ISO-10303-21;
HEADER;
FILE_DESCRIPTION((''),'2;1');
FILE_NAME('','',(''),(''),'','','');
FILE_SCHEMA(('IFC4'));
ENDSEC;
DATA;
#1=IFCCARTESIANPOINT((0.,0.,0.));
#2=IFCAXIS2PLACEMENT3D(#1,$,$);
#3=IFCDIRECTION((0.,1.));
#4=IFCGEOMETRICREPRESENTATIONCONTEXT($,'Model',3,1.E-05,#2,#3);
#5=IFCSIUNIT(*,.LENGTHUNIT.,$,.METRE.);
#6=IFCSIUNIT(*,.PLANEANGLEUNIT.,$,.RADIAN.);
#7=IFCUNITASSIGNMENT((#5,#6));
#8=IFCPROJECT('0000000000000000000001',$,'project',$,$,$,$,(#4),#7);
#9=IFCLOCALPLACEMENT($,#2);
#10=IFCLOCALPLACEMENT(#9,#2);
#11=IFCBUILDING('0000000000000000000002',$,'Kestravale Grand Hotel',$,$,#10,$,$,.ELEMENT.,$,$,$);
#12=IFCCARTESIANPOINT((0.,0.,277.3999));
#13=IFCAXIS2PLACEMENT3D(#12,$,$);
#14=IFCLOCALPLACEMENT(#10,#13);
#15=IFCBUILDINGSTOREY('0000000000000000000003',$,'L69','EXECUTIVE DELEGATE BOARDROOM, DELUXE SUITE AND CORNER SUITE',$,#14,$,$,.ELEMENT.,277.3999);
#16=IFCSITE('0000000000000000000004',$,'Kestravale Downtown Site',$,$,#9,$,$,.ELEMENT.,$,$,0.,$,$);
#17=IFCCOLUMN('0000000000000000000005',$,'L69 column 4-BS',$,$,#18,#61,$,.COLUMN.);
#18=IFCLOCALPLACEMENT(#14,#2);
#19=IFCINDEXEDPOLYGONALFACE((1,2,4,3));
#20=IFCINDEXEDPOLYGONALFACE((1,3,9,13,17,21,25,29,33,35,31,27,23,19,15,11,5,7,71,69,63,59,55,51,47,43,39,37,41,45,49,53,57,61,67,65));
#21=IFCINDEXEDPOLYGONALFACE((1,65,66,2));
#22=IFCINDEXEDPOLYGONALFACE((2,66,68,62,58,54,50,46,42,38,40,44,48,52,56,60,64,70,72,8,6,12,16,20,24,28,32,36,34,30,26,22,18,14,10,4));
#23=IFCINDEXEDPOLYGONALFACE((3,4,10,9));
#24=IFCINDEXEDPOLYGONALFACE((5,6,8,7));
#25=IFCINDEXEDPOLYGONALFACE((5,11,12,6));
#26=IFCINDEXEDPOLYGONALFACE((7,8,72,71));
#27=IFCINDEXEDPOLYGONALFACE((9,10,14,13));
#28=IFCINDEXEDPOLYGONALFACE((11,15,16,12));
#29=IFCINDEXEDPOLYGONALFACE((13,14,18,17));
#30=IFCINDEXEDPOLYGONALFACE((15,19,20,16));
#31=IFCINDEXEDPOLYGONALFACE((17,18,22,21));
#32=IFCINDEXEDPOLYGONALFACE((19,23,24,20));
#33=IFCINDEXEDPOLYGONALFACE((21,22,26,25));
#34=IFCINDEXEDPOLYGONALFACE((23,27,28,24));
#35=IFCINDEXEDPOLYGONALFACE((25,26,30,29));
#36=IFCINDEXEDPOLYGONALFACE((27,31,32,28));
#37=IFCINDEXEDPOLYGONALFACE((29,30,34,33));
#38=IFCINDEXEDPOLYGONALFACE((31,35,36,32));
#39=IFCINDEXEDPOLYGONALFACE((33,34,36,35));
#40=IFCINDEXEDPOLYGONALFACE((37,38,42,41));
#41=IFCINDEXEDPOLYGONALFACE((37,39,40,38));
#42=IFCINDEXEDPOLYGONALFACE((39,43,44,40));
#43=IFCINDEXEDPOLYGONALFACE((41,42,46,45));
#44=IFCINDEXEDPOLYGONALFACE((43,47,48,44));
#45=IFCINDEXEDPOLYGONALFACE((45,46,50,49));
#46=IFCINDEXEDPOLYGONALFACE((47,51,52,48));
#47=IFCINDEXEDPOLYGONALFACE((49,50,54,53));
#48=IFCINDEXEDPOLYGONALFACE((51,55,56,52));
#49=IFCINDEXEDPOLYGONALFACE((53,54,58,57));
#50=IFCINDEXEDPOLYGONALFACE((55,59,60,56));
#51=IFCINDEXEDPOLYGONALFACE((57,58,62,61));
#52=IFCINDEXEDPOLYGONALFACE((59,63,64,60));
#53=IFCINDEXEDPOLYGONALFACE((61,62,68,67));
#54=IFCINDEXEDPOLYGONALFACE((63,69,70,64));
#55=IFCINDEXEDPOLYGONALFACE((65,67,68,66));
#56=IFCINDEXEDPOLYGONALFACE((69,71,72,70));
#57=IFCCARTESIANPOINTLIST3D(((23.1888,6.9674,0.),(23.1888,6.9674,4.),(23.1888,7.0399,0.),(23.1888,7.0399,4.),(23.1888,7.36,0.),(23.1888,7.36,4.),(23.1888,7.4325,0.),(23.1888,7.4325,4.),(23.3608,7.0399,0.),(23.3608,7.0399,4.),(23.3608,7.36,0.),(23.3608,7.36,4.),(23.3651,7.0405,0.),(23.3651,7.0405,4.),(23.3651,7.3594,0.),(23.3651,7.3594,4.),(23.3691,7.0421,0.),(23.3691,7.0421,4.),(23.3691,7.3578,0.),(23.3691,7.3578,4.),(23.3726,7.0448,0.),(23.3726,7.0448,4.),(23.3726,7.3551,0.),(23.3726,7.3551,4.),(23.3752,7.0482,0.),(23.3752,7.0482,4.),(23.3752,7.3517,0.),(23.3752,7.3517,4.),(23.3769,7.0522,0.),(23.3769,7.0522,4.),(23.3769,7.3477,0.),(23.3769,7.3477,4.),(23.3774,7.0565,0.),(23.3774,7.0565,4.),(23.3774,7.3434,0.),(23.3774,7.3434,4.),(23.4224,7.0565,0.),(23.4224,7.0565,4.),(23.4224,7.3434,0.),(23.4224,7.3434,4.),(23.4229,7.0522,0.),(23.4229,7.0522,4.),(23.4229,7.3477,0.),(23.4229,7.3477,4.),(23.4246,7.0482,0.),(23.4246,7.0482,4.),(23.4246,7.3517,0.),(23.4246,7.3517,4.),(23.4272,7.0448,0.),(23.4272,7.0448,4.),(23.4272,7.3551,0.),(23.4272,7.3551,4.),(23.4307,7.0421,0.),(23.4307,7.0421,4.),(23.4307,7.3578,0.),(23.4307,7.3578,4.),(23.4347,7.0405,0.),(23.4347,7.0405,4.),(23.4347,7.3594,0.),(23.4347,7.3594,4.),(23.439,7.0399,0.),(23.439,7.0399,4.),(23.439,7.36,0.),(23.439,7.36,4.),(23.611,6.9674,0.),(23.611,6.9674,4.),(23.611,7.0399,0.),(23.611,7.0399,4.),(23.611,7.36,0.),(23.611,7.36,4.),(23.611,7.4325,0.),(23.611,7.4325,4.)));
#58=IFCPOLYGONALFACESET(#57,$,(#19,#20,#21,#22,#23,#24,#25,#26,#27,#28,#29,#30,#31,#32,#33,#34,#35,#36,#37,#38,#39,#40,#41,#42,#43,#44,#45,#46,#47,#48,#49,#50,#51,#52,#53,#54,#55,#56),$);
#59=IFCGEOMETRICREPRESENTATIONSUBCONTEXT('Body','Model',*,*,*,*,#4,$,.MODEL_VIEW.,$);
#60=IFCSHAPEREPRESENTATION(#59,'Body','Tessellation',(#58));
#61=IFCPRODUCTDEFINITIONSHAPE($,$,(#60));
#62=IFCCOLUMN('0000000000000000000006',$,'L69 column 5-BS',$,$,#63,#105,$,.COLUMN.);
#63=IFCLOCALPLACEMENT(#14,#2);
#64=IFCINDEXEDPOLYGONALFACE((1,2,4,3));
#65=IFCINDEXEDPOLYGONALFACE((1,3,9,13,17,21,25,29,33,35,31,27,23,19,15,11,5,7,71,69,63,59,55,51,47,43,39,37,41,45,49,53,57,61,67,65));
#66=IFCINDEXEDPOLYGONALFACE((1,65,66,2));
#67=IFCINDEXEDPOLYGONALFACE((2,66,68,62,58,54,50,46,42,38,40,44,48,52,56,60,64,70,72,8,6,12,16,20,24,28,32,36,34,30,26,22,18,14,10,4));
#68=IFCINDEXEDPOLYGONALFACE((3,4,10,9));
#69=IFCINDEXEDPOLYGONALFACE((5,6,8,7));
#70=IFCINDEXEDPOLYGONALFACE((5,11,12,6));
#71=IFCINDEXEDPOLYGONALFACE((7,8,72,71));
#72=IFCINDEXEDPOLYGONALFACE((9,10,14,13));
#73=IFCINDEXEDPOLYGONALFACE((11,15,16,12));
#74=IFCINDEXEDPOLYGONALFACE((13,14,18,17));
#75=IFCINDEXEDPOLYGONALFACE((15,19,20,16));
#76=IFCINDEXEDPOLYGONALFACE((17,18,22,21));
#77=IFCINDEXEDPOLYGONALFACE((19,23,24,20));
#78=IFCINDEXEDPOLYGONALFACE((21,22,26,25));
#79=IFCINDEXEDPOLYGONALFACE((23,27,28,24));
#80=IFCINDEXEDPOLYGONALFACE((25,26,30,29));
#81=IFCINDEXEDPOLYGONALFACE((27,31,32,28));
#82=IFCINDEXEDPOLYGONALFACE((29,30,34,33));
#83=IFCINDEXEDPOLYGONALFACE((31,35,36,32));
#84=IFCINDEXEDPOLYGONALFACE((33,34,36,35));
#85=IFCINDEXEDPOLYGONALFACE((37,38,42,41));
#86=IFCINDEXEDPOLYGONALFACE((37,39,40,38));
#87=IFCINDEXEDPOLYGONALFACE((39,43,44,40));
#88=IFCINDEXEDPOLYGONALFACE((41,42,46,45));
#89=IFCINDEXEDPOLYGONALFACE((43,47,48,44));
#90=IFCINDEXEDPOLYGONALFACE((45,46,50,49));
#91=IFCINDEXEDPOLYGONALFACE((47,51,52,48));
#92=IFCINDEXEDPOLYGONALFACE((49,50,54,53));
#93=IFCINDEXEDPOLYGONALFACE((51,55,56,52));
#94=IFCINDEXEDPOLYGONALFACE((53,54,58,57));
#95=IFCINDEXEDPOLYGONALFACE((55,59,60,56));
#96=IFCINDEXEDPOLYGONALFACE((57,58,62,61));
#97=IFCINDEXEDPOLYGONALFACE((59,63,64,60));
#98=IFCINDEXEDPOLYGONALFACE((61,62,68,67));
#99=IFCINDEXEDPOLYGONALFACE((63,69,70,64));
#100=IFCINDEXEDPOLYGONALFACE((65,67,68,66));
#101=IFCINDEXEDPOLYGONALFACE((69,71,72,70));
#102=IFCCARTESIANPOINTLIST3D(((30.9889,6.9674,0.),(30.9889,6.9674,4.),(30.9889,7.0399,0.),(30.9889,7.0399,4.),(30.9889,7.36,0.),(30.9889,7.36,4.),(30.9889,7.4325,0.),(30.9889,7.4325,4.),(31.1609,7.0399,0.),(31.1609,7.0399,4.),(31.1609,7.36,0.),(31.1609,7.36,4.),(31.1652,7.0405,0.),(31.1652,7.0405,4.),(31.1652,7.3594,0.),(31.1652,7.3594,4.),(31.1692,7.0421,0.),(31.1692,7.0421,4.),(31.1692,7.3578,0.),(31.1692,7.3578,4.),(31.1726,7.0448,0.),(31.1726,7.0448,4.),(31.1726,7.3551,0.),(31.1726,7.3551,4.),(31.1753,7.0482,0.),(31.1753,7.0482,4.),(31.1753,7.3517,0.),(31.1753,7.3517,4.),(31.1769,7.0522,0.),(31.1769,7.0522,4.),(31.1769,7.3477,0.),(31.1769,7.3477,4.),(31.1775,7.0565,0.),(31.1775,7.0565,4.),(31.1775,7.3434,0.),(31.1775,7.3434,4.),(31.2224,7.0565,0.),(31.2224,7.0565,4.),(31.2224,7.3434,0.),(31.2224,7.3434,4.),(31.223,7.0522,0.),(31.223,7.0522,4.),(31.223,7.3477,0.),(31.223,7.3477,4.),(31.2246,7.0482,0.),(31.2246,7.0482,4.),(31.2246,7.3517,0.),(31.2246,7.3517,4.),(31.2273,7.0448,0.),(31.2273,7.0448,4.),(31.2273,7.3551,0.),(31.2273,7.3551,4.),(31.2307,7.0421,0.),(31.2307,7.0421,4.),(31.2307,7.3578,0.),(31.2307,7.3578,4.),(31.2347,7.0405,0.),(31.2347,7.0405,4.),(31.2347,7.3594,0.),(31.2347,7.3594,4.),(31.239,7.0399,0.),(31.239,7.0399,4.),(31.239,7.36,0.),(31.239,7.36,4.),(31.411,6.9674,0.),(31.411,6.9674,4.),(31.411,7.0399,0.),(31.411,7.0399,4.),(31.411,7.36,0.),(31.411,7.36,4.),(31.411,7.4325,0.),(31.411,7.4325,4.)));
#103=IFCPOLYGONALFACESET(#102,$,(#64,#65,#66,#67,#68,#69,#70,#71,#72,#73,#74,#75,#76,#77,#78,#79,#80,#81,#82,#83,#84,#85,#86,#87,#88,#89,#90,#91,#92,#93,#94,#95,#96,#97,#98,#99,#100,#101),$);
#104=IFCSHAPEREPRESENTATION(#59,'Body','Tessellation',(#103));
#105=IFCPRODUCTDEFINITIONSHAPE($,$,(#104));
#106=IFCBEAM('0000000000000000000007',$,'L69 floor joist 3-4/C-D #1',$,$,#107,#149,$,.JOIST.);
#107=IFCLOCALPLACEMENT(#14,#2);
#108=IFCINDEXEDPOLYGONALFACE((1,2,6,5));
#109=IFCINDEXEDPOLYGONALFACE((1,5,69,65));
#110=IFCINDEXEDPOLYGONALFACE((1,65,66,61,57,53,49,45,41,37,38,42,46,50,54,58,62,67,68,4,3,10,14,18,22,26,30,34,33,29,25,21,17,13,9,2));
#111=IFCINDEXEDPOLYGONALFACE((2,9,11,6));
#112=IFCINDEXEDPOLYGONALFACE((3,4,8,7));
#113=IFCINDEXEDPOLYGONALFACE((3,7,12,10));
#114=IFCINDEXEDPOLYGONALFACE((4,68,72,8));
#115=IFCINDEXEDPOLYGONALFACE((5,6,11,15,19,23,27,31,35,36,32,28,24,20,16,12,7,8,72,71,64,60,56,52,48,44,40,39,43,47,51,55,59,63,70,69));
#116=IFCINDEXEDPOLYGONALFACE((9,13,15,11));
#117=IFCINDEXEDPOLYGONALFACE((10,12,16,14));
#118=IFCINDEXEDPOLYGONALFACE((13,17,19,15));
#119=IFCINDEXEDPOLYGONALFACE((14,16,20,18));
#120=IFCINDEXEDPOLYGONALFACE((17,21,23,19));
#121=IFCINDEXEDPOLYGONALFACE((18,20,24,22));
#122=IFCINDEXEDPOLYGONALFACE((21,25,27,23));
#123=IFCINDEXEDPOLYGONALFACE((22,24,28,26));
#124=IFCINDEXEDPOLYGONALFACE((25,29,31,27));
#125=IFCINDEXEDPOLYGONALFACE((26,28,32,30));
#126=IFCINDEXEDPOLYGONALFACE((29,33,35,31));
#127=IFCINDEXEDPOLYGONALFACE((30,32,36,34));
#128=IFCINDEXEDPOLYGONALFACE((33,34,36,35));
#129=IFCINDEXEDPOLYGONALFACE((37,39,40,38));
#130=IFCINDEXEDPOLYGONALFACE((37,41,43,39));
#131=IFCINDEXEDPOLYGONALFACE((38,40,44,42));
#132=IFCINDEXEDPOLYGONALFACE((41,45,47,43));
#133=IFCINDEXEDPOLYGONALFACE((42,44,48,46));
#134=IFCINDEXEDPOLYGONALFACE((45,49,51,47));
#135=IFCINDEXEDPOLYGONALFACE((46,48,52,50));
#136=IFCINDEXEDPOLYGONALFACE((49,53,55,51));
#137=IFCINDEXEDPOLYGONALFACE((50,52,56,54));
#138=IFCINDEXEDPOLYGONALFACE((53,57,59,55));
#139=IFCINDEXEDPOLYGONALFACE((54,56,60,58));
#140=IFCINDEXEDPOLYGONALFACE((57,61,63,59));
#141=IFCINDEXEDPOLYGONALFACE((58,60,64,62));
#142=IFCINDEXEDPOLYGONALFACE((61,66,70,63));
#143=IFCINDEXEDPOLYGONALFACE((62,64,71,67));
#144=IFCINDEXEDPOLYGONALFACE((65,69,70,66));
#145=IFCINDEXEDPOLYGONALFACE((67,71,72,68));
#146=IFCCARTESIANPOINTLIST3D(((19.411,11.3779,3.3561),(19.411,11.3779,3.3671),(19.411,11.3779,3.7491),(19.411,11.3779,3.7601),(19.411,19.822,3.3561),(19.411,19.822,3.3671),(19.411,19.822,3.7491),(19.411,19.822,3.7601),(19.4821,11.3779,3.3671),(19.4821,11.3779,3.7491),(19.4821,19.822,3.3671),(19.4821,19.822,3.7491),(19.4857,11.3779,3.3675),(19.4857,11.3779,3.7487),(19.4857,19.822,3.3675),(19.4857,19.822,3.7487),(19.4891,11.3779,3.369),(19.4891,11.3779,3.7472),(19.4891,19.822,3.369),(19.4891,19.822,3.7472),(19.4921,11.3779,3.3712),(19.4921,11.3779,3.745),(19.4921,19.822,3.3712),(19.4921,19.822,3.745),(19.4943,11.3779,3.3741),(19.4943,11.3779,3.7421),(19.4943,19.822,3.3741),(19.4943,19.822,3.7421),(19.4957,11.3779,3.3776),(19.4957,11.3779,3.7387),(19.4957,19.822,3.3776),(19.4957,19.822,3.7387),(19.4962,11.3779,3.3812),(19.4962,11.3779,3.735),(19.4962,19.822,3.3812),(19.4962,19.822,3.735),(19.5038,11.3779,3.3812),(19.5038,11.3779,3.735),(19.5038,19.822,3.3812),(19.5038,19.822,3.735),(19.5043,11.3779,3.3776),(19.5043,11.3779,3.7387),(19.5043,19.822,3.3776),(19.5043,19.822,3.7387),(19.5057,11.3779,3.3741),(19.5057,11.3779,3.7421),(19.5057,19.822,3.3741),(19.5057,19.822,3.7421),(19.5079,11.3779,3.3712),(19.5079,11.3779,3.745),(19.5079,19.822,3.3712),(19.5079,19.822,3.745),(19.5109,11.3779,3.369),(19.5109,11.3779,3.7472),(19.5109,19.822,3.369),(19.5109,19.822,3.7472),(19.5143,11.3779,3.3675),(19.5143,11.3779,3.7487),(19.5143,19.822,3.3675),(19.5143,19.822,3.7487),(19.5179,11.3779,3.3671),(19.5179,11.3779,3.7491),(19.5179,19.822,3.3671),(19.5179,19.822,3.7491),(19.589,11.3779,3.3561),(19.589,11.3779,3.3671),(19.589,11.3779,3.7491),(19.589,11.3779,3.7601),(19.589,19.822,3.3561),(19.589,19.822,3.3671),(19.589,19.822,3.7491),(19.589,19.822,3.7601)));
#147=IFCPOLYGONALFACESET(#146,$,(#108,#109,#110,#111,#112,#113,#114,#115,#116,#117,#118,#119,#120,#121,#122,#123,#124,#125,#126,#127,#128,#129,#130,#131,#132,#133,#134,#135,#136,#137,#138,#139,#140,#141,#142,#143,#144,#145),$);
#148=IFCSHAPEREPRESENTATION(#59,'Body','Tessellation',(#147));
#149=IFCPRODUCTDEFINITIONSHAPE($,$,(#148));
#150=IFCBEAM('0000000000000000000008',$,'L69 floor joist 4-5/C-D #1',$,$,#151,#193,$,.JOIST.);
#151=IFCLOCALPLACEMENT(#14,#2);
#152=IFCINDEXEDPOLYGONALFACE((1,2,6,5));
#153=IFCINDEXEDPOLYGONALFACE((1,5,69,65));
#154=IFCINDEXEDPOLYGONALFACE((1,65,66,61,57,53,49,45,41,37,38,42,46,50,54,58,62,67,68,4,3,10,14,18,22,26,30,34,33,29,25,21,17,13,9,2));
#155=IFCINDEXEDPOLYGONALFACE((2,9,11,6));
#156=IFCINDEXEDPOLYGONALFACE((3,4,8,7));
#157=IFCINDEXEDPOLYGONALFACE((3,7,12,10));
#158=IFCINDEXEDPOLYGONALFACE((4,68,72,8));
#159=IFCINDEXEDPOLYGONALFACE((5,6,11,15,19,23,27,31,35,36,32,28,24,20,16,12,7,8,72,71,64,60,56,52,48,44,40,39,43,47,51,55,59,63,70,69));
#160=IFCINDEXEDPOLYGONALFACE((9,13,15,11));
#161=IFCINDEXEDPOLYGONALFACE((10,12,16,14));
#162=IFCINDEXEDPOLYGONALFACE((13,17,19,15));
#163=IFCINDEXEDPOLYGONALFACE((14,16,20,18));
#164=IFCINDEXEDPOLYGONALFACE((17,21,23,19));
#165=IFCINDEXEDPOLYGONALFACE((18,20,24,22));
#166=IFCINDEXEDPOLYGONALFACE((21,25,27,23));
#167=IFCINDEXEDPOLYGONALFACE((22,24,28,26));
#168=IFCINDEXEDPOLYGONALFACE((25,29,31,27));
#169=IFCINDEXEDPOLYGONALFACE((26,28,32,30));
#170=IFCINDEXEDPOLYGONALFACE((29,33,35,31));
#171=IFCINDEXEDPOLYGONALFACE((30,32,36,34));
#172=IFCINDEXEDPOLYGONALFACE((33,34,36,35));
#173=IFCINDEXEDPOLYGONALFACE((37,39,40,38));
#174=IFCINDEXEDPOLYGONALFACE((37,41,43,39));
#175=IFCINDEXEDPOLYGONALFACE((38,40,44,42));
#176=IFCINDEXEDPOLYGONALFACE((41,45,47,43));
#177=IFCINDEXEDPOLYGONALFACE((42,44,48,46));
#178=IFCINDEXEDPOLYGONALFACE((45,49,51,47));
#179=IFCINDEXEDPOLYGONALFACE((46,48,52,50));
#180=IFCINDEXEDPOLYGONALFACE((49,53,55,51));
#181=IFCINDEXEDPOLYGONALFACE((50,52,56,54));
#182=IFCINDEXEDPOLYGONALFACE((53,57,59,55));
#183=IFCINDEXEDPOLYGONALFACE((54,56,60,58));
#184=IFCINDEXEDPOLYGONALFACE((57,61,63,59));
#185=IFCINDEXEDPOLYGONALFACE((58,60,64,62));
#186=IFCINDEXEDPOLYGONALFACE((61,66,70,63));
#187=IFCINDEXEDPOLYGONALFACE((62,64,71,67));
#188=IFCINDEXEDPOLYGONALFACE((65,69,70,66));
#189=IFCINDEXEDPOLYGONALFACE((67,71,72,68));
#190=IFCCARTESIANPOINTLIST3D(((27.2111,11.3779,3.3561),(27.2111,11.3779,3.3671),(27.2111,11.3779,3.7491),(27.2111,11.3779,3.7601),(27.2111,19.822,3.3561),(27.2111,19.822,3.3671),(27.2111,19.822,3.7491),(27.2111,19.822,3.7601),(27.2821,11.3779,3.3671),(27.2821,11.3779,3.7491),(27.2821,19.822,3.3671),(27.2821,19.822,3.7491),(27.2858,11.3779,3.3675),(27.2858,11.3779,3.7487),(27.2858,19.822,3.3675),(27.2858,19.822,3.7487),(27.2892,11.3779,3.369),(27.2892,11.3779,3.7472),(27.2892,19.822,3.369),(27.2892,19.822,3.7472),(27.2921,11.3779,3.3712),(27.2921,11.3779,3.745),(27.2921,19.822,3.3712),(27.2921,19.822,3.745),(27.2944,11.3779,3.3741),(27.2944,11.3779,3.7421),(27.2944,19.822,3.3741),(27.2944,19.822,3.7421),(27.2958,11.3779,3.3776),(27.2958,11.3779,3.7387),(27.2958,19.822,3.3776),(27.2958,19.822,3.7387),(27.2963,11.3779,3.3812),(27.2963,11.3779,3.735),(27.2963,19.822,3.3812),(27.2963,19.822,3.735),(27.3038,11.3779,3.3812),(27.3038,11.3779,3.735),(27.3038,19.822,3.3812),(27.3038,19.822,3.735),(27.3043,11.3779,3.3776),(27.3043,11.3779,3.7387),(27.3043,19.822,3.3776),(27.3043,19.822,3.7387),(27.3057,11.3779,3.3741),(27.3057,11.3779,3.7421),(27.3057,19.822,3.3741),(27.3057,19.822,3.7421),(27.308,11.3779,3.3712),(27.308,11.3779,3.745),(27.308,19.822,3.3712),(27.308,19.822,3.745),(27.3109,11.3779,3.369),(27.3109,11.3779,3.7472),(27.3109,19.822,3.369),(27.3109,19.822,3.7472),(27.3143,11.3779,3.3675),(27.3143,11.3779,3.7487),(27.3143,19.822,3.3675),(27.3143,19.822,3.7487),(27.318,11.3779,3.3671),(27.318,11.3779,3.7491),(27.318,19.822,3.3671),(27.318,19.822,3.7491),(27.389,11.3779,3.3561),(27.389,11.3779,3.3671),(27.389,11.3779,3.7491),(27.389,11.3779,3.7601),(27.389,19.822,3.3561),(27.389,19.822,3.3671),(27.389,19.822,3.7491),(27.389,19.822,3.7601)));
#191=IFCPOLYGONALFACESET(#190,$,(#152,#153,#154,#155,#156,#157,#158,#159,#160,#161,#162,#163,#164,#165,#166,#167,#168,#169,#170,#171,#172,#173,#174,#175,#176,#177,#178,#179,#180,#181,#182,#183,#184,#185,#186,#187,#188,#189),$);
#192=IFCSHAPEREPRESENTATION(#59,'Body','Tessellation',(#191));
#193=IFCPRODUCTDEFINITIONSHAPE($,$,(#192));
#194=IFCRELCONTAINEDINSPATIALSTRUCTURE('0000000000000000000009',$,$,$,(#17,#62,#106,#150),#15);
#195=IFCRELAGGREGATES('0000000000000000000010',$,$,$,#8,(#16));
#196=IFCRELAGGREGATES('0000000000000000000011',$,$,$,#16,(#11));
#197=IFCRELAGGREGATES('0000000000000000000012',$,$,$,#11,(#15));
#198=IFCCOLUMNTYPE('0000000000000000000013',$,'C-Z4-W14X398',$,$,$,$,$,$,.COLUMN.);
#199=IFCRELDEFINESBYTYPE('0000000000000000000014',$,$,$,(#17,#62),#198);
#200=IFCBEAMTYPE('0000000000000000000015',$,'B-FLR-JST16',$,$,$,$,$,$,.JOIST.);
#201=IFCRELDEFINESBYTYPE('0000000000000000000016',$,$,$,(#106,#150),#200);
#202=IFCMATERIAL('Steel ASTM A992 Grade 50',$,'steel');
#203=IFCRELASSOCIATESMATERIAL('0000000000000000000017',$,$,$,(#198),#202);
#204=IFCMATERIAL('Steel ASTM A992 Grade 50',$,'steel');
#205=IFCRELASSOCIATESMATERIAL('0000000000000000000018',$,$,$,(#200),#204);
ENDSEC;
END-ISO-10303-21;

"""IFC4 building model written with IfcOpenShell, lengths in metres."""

from ifc_helpers import new_model, si_unit, direction, frame, origin, origin_2d, place, context, subcontext, project, spatial, i_section, extrude, material, material_profile, profile_set, type_object, element, save


model = new_model("IFC4")

# Units and contexts
model_context = context("Model", 3, precision=1e-05, world=origin(), true_north=direction((0.0, 1.0)))
body_context = subcontext(model_context, "Body", "Model", "MODEL_VIEW")
ifc_project = project(units=[si_unit("LENGTHUNIT", "METRE"), si_unit("PLANEANGLEUNIT", "RADIAN")], contexts=[model_context])

# Site, building, storey
site_placement = place(None, origin())
site = spatial("IfcSite", under=ifc_project, at=site_placement, Name="Kestravale Downtown Site", CompositionType="ELEMENT", RefElevation=0.0)
building_placement = place(site_placement, origin())
building = spatial("IfcBuilding", under=site, at=building_placement, Name="Kestravale Grand Hotel", CompositionType="ELEMENT")
storey_placement = place(building_placement, frame((0.0, 0.0, 277.3999)))
storey = spatial("IfcBuildingStorey", under=building, at=storey_placement, Name="L69", Description="EXECUTIVE DELEGATE BOARDROOM, DELUXE SUITE AND CORNER SUITE", CompositionType="ELEMENT", Elevation=277.3999)

# Columns
ifc_material_1 = material(Name="Steel ASTM A992 Grade 50", Category="steel")
ifc_material_profile_1 = material_profile(ifc_material_1, i_section(OverallWidth=0.4221, OverallDepth=0.4651, WebThickness=0.0449, FlangeThickness=0.0725, FilletRadius=0.0166, at=origin_2d()))
ifc_profile_set_1 = profile_set([ifc_material_profile_1], Name="Steel ASTM A992 Grade 50")
column_type = type_object("IfcColumnType", Name="C-Z4-W14X398", PredefinedType="COLUMN", material=ifc_profile_set_1)
for number, where, z_axis, x_axis, name in (
    (1, (23.3999, 7.2, 0.0), (0.0, 0.0, 1.0), (1.0, 0.0, 0.0), "L69 column 4-BS"),
    (2, (31.2, 7.2, 0.0), (0.0, 0.0, 1.0), (1.0, 0.0, 0.0), "L69 column 5-BS"),
):
    element("IfcColumn", number, at=place(storey_placement, frame(where, z_axis=z_axis, x_axis=x_axis)), inside=storey, type_object=column_type, Name=name, PredefinedType="COLUMN", context=body_context, shape_type="SweptSolid", body=[
        extrude(i_section(OverallWidth=0.4221, OverallDepth=0.4651, WebThickness=0.0449, FlangeThickness=0.0725, FilletRadius=0.0166, at=origin_2d()), origin(), (0.0, 0.0, 1.0), 4.0),
    ])

# Beams
ifc_material_2 = material(Name="Steel ASTM A992 Grade 50", Category="steel")
ifc_material_profile_2 = material_profile(ifc_material_2, i_section(OverallWidth=0.178, OverallDepth=0.4041, WebThickness=0.0076, FlangeThickness=0.011, FilletRadius=0.0142, at=origin_2d()))
ifc_profile_set_2 = profile_set([ifc_material_profile_2], Name="Steel ASTM A992 Grade 50")
beam_type_1 = type_object("IfcBeamType", Name="B-FLR-JST16", PredefinedType="JOIST", material=ifc_profile_set_2)
for number, where, z_axis, x_axis, name in (
    (3, (19.5, 11.3779, 3.5581), (0.0, 1.0, 0.0), (-1.0, 0.0, 0.0), "L69 floor joist 3-4/C-D #1"),
    (4, (27.3, 11.3779, 3.5581), (0.0, 1.0, 0.0), (-1.0, 0.0, 0.0), "L69 floor joist 4-5/C-D #1"),
):
    element("IfcBeam", number, at=place(storey_placement, frame(where, z_axis=z_axis, x_axis=x_axis)), inside=storey, type_object=beam_type_1, Name=name, PredefinedType="JOIST", context=body_context, shape_type="SweptSolid", body=[
        extrude(i_section(OverallWidth=0.178, OverallDepth=0.4041, WebThickness=0.0076, FlangeThickness=0.011, FilletRadius=0.0142, at=origin_2d()), origin(), (0.0, 0.0, 1.0), 8.4441),
    ])

save(model, "model.ifc")
